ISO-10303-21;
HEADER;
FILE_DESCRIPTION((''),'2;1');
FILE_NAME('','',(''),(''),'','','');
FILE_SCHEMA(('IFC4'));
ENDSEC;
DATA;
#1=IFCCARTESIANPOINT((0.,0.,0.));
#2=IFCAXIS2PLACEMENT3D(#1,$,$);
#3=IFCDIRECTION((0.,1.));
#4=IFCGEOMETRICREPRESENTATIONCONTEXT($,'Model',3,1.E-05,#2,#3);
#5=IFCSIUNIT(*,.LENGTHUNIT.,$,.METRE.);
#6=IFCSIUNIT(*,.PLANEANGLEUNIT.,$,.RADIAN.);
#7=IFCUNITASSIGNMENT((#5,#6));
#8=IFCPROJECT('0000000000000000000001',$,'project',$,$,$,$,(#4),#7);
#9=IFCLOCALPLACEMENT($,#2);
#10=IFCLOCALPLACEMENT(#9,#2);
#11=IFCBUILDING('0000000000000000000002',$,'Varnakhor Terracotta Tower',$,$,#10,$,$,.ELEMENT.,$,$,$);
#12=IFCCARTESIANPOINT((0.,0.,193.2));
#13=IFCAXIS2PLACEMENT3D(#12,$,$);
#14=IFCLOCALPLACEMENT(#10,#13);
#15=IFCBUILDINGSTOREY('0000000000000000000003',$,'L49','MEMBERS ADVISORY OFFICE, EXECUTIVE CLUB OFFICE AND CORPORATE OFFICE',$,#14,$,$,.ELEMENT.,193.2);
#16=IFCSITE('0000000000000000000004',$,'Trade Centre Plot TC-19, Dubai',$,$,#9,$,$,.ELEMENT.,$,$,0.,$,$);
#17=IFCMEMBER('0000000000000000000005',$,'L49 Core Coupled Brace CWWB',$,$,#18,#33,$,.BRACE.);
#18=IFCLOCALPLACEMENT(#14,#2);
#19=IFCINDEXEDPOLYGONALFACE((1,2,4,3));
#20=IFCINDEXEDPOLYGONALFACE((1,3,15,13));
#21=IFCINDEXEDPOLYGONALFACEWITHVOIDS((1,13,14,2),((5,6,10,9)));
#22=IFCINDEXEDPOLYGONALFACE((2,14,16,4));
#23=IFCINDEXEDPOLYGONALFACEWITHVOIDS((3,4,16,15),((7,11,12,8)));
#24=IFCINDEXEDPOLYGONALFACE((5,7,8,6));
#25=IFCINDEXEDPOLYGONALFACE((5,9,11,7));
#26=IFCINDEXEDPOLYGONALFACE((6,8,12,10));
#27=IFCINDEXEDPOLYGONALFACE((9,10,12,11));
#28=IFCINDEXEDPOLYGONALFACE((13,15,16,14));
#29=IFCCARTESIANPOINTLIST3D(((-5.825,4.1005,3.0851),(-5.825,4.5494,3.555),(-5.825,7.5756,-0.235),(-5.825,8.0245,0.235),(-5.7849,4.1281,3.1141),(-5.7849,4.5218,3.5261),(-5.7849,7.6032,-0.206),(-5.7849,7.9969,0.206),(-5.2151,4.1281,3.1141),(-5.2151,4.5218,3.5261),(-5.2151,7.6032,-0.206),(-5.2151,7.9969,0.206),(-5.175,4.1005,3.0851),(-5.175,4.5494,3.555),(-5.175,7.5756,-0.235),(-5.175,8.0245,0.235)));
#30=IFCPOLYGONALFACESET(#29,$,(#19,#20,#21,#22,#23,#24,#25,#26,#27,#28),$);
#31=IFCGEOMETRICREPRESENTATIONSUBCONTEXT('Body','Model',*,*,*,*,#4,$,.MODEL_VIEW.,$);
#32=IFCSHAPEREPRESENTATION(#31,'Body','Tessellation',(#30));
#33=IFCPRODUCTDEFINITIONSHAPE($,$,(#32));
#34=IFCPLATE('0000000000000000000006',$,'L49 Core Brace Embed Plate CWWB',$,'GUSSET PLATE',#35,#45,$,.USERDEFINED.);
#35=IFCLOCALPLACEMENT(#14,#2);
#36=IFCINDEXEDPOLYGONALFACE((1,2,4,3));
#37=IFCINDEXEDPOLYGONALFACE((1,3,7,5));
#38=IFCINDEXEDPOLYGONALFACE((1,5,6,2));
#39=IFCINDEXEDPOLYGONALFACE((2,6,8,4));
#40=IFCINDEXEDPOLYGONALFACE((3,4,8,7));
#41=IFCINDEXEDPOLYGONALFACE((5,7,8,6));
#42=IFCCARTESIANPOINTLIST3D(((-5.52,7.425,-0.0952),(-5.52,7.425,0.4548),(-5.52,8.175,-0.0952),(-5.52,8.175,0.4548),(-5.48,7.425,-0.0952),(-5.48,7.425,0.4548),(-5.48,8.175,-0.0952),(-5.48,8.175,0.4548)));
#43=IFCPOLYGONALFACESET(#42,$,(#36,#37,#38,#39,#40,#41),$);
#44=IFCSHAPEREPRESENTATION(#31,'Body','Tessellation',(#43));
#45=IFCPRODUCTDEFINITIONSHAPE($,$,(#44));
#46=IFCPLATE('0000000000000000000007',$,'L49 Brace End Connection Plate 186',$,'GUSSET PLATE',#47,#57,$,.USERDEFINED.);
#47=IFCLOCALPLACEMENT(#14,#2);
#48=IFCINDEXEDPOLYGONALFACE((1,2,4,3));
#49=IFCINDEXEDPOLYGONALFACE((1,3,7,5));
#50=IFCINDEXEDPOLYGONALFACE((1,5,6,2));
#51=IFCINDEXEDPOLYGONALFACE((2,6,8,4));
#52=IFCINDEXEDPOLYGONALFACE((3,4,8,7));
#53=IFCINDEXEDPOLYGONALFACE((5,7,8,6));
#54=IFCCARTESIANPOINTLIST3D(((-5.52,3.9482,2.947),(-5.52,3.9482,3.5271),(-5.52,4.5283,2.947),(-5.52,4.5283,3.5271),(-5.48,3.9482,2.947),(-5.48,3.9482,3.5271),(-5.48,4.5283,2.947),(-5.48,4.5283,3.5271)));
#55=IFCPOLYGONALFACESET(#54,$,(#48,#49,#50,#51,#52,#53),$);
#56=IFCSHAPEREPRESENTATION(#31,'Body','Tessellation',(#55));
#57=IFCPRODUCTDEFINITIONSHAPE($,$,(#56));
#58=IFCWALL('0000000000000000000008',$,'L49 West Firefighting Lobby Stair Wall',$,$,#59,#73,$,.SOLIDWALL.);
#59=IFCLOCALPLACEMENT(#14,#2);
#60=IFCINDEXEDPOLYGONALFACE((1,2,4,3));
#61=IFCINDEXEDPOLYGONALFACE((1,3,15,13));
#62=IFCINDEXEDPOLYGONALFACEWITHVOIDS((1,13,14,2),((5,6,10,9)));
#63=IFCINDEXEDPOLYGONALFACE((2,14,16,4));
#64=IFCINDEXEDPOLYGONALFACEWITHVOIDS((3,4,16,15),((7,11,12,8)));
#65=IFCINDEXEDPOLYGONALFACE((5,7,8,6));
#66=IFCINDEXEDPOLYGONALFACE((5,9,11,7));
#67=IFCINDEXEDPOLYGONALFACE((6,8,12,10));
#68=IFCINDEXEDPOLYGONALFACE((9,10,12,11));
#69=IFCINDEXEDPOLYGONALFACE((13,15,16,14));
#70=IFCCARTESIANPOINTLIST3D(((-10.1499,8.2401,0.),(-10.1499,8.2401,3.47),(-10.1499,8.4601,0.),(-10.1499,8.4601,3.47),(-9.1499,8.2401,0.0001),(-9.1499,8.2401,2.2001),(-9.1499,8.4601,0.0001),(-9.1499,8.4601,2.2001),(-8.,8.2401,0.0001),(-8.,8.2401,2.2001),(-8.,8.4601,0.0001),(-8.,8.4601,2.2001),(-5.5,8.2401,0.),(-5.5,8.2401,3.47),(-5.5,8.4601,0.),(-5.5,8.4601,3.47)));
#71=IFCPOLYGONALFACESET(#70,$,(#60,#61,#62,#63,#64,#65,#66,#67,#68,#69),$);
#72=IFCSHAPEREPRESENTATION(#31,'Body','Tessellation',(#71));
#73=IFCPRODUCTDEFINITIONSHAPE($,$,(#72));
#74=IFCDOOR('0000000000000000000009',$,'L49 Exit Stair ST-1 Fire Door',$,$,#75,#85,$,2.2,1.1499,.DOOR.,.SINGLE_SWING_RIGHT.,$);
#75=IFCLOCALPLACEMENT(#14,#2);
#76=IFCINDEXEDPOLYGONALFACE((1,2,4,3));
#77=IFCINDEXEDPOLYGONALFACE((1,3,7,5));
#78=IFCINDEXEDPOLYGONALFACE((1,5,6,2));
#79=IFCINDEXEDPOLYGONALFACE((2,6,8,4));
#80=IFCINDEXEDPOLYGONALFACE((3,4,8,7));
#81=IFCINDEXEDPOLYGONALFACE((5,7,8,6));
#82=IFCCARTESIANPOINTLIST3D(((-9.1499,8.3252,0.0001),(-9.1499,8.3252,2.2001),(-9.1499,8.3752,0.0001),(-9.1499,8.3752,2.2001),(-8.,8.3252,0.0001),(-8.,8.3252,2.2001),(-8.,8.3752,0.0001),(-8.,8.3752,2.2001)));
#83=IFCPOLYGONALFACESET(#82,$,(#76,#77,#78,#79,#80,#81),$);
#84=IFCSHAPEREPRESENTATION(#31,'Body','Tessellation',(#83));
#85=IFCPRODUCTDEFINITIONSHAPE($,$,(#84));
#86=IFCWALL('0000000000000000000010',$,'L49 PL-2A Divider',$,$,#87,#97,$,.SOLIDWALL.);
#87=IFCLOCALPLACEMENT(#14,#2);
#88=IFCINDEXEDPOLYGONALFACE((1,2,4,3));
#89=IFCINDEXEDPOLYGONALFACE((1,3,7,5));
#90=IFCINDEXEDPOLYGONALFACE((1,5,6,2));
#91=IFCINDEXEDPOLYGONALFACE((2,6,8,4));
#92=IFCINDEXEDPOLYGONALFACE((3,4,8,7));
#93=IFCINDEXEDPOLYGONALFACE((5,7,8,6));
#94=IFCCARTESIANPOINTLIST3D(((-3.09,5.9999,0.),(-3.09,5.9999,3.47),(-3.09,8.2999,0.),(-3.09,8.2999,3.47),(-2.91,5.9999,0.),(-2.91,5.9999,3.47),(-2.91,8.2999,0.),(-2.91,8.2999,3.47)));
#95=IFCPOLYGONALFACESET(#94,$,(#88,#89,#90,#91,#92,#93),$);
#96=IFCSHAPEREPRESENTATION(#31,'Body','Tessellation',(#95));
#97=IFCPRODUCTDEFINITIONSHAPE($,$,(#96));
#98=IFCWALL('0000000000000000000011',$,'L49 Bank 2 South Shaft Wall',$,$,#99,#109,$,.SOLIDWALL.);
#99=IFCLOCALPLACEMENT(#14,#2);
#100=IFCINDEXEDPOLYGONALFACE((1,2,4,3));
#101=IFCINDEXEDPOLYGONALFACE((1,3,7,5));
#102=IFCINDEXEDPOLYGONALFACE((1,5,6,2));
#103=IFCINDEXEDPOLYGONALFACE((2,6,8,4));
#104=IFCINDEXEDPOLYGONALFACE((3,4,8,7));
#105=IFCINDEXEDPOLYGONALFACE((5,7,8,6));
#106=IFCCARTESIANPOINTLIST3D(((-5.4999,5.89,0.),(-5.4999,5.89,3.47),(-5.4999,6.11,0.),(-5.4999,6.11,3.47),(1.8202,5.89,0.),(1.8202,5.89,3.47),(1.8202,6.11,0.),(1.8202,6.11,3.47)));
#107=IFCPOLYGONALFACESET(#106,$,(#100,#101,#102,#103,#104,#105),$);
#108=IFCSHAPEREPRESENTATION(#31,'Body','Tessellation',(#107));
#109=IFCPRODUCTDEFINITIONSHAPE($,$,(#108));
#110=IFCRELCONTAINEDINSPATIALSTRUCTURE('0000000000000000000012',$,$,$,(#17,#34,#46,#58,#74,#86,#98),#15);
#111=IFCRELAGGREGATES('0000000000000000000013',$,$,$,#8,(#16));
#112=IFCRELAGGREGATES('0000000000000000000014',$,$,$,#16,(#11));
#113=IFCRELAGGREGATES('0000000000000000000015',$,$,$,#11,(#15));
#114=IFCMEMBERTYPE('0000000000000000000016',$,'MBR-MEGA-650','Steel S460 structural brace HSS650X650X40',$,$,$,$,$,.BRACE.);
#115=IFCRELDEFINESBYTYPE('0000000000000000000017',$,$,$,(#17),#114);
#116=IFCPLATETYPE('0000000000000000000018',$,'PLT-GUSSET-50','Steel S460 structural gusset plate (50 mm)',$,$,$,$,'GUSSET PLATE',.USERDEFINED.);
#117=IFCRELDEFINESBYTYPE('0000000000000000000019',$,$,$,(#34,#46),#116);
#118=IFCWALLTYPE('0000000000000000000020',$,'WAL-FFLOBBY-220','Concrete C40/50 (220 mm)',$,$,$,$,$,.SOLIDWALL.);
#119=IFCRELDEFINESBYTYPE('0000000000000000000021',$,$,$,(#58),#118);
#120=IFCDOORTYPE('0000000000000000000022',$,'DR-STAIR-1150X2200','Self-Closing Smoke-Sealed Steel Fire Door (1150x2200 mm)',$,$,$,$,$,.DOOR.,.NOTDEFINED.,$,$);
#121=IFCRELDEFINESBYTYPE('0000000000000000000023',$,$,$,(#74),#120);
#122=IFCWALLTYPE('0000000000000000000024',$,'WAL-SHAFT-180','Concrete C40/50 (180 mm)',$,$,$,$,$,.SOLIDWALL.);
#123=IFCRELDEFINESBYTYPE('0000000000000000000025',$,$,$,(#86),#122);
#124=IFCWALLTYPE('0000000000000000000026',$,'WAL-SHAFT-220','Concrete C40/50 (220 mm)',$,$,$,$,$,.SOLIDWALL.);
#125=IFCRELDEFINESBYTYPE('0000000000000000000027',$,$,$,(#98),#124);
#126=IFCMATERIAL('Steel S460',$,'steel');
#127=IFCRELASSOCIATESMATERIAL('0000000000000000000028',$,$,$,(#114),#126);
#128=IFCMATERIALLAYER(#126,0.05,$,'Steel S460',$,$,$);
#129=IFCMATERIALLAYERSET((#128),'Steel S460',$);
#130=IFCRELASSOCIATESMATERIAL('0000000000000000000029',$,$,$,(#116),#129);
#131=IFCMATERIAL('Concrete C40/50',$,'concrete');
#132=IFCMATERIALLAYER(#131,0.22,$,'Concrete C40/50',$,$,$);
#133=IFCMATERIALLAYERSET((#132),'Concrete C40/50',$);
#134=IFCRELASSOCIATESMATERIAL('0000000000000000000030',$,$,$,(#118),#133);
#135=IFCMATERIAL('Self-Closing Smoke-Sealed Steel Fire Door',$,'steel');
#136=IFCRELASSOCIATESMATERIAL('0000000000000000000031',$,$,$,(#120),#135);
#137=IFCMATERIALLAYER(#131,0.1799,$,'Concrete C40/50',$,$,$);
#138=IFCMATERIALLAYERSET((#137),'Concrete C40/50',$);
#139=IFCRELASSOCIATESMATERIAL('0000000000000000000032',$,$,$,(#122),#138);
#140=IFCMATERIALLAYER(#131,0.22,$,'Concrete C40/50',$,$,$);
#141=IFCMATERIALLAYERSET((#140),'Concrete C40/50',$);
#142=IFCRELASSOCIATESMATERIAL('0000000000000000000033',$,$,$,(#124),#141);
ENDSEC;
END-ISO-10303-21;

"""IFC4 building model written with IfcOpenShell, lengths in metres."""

from ifc_helpers import new_model, si_unit, direction, frame, frame_2d, origin, origin_2d, place, context, subcontext, project, spatial, rectangle, hollow_rectangle, extrude, source, transform, mapped, material, layer, layer_set, material_profile, profile_set, type_object, type_shapes, element, fill, save


model = new_model("IFC4")

# Units and contexts
model_context = context("Model", 3, precision=1e-05, world=origin(), true_north=direction((0.0, 1.0)))
body_context = subcontext(model_context, "Body", "Model", "MODEL_VIEW")
ifc_project = project(units=[si_unit("LENGTHUNIT", "METRE"), si_unit("PLANEANGLEUNIT", "RADIAN")], contexts=[model_context])

# Site, building, storey
site_placement = place(None, origin())
site = spatial("IfcSite", under=ifc_project, at=site_placement, Name="Trade Centre Plot TC-19, Dubai", CompositionType="ELEMENT", RefElevation=0.0)
building_placement = place(site_placement, origin())
building = spatial("IfcBuilding", under=site, at=building_placement, Name="Varnakhor Terracotta Tower", CompositionType="ELEMENT")
storey_placement = place(building_placement, frame((0.0, 0.0, 193.2)))
storey = spatial("IfcBuildingStorey", under=building, at=storey_placement, Name="L49", Description="MEMBERS ADVISORY OFFICE, EXECUTIVE CLUB OFFICE AND CORPORATE OFFICE", CompositionType="ELEMENT", Elevation=193.2)

# Member
ifc_material_1 = material(Name="Steel S460", Category="steel")
ifc_material_profile = material_profile(ifc_material_1, hollow_rectangle(XDim=0.6499, YDim=0.6499, WallThickness=0.04, at=origin_2d()), Name="HSS650X650X40")
ifc_profile_set = profile_set([ifc_material_profile], Name="Steel S460")
member_type = type_object("IfcMemberType", Name="MBR-MEGA-650", Description="Steel S460 structural brace HSS650X650X40", PredefinedType="BRACE", material=ifc_profile_set)
shared_shape_1 = source(origin(), body_context, "Body", "SweptSolid", [
    extrude(hollow_rectangle(XDim=0.6499, YDim=0.6499, WallThickness=0.04, at=origin_2d()), origin(), (0.0, 0.0, 1.0), 4.8062),
])
member_placement = place(storey_placement, frame((-5.5, 7.8, 0.0), z_axis=(0.0, -0.723051, 0.690795), x_axis=(1.0, 0.0, 0.0)))
element("IfcMember", 1, at=member_placement, inside=storey, type_object=member_type, Name="L49 Core Coupled Brace CWWB", PredefinedType="BRACE", context=body_context, shape_type="MappedRepresentation", body=[
    mapped(shared_shape_1, transform((0.0, 0.0, 0.0), scale=1.0)),
])

# Plates
ifc_layer_1 = layer(ifc_material_1, 0.05, Name="Steel S460")
ifc_layer_set_1 = layer_set([ifc_layer_1], Name="Steel S460")
plate_type = type_object("IfcPlateType", Name="PLT-GUSSET-50", Description="Steel S460 structural gusset plate (50 mm)", ElementType="GUSSET PLATE", PredefinedType="USERDEFINED", material=ifc_layer_set_1)
shared_shape_2 = source(origin(), body_context, "Body", "SweptSolid", [
    extrude(rectangle(XDim=0.75, YDim=0.04, at=origin_2d()), origin(), (0.0, 0.0, 1.0), 0.55),
])
type_shapes(plate_type, [shared_shape_2])
plate_1_placement = place(storey_placement, frame((-5.5, 7.8, -0.0952), z_axis=(0.0, 0.0, 1.0), x_axis=(0.0, 1.0, 0.0)))
element("IfcPlate", 2, at=plate_1_placement, inside=storey, type_object=plate_type, Name="L49 Core Brace Embed Plate CWWB", ObjectType="GUSSET PLATE", PredefinedType="USERDEFINED", context=body_context, shape_type="MappedRepresentation", body=[
    mapped(shared_shape_2, transform((0.0, 0.0, 0.0), scale=1.0)),
])
shared_shape_3 = source(origin(), body_context, "Body", "SweptSolid", [
    extrude(rectangle(XDim=0.5801, YDim=0.04, at=origin_2d()), origin(), (0.0, 0.0, 1.0), 0.5801),
])
plate_2_placement = place(storey_placement, frame((-5.5, 4.2383, 2.947), z_axis=(0.0, 0.0, 1.0), x_axis=(0.0, 1.0, 0.0)))
element("IfcPlate", 3, at=plate_2_placement, inside=storey, type_object=plate_type, Name="L49 Brace End Connection Plate 186", ObjectType="GUSSET PLATE", PredefinedType="USERDEFINED", context=body_context, shape_type="MappedRepresentation", body=[
    mapped(shared_shape_3, transform((0.0, 0.0, 0.0), scale=1.0)),
])

# Wall, opening, door
ifc_material_2 = material(Name="Concrete C40/50", Category="concrete")
ifc_layer_2 = layer(ifc_material_2, 0.22, Name="Concrete C40/50")
ifc_layer_set_2 = layer_set([ifc_layer_2], Name="Concrete C40/50")
wall_type_1 = type_object("IfcWallType", Name="WAL-FFLOBBY-220", Description="Concrete C40/50 (220 mm)", PredefinedType="SOLIDWALL", material=ifc_layer_set_2)
wall_1_placement = place(storey_placement, frame((-5.5, 8.3501, 0.0), z_axis=(0.0, 0.0, 1.0), x_axis=(-1.0, 0.0, 0.0)))
wall_1 = element("IfcWall", 4, at=wall_1_placement, inside=storey, type_object=wall_type_1, Name="L49 West Firefighting Lobby Stair Wall", PredefinedType="SOLIDWALL", context=body_context, shape_type="SweptSolid", body=[
    extrude(rectangle(XDim=4.6499, YDim=0.22, at=frame_2d((2.325, 0.0))), origin(), (0.0, 0.0, 1.0), 3.47),
])
opening_1_placement = place(wall_1_placement, frame((2.5, 0.0, 0.0)))
opening_1 = element("IfcOpeningElement", 5, at=opening_1_placement, cuts=wall_1, PredefinedType="OPENING", context=body_context, shape_type="SweptSolid", body=[
    extrude(rectangle(XDim=1.1499, YDim=2.2, at=frame_2d((0.575, 1.1001))), frame((0.0, 0.1201, 0.0), z_axis=(0.0, -1.0, 0.0), x_axis=(1.0, 0.0, 0.0)), (0.0, 0.0, 1.0), 0.24),
])
ifc_material_3 = material(Name="Self-Closing Smoke-Sealed Steel Fire Door", Category="steel")
door_type_1 = type_object("IfcDoorType", Name="DR-STAIR-1150X2200", Description="Self-Closing Smoke-Sealed Steel Fire Door (1150x2200 mm)", OperationType="NOTDEFINED", PredefinedType="DOOR", material=ifc_material_3)
shared_shape_4 = source(origin(), body_context, "Body", "SweptSolid", [
    extrude(rectangle(XDim=1.1499, YDim=2.2, at=frame_2d((0.575, 1.1001))), frame((0.0, 0.0249, 0.0), z_axis=(0.0, -1.0, 0.0), x_axis=(1.0, 0.0, 0.0)), (0.0, 0.0, 1.0), 0.05),
])
type_shapes(door_type_1, [shared_shape_4])
door_1_placement = place(opening_1_placement, origin())
door_1 = element("IfcDoor", 6, at=door_1_placement, inside=storey, type_object=door_type_1, Name="L49 Exit Stair ST-1 Fire Door", OperationType="SINGLE_SWING_RIGHT", OverallHeight=2.2, OverallWidth=1.1499, PredefinedType="DOOR", context=body_context, shape_type="MappedRepresentation", body=[
    mapped(shared_shape_4, transform((0.0, 0.0, 0.0), scale=1.0)),
])
fill(opening_1, door_1)

# Walls
ifc_layer_3 = layer(ifc_material_2, 0.1799, Name="Concrete C40/50")
ifc_layer_set_3 = layer_set([ifc_layer_3], Name="Concrete C40/50")
wall_type_2 = type_object("IfcWallType", Name="WAL-SHAFT-180", Description="Concrete C40/50 (180 mm)", PredefinedType="SOLIDWALL", material=ifc_layer_set_3)
wall_2_placement = place(storey_placement, frame((-3.0, 6.0, 0.0), z_axis=(0.0, 0.0, 1.0), x_axis=(0.0, 1.0, 0.0)))
element("IfcWall", 7, at=wall_2_placement, inside=storey, type_object=wall_type_2, Name="L49 PL-2A Divider", PredefinedType="SOLIDWALL", context=body_context, shape_type="SweptSolid", body=[
    extrude(rectangle(XDim=2.3, YDim=0.1799, at=frame_2d((1.1499, 0.0))), origin(), (0.0, 0.0, 1.0), 3.47),
])
ifc_layer_4 = layer(ifc_material_2, 0.22, Name="Concrete C40/50")
ifc_layer_set_4 = layer_set([ifc_layer_4], Name="Concrete C40/50")
wall_type_3 = type_object("IfcWallType", Name="WAL-SHAFT-220", Description="Concrete C40/50 (220 mm)", PredefinedType="SOLIDWALL", material=ifc_layer_set_4)
wall_3_placement = place(storey_placement, frame((-5.5, 6.0, 0.0), z_axis=(0.0, 0.0, 1.0), x_axis=(1.0, 0.0, 0.0)))
element("IfcWall", 8, at=wall_3_placement, inside=storey, type_object=wall_type_3, Name="L49 Bank 2 South Shaft Wall", PredefinedType="SOLIDWALL", context=body_context, shape_type="SweptSolid", body=[
    extrude(rectangle(XDim=7.3201, YDim=0.22, at=frame_2d((3.6602, 0.0))), origin(), (0.0, 0.0, 1.0), 3.47),
])

save(model, "model.ifc")
